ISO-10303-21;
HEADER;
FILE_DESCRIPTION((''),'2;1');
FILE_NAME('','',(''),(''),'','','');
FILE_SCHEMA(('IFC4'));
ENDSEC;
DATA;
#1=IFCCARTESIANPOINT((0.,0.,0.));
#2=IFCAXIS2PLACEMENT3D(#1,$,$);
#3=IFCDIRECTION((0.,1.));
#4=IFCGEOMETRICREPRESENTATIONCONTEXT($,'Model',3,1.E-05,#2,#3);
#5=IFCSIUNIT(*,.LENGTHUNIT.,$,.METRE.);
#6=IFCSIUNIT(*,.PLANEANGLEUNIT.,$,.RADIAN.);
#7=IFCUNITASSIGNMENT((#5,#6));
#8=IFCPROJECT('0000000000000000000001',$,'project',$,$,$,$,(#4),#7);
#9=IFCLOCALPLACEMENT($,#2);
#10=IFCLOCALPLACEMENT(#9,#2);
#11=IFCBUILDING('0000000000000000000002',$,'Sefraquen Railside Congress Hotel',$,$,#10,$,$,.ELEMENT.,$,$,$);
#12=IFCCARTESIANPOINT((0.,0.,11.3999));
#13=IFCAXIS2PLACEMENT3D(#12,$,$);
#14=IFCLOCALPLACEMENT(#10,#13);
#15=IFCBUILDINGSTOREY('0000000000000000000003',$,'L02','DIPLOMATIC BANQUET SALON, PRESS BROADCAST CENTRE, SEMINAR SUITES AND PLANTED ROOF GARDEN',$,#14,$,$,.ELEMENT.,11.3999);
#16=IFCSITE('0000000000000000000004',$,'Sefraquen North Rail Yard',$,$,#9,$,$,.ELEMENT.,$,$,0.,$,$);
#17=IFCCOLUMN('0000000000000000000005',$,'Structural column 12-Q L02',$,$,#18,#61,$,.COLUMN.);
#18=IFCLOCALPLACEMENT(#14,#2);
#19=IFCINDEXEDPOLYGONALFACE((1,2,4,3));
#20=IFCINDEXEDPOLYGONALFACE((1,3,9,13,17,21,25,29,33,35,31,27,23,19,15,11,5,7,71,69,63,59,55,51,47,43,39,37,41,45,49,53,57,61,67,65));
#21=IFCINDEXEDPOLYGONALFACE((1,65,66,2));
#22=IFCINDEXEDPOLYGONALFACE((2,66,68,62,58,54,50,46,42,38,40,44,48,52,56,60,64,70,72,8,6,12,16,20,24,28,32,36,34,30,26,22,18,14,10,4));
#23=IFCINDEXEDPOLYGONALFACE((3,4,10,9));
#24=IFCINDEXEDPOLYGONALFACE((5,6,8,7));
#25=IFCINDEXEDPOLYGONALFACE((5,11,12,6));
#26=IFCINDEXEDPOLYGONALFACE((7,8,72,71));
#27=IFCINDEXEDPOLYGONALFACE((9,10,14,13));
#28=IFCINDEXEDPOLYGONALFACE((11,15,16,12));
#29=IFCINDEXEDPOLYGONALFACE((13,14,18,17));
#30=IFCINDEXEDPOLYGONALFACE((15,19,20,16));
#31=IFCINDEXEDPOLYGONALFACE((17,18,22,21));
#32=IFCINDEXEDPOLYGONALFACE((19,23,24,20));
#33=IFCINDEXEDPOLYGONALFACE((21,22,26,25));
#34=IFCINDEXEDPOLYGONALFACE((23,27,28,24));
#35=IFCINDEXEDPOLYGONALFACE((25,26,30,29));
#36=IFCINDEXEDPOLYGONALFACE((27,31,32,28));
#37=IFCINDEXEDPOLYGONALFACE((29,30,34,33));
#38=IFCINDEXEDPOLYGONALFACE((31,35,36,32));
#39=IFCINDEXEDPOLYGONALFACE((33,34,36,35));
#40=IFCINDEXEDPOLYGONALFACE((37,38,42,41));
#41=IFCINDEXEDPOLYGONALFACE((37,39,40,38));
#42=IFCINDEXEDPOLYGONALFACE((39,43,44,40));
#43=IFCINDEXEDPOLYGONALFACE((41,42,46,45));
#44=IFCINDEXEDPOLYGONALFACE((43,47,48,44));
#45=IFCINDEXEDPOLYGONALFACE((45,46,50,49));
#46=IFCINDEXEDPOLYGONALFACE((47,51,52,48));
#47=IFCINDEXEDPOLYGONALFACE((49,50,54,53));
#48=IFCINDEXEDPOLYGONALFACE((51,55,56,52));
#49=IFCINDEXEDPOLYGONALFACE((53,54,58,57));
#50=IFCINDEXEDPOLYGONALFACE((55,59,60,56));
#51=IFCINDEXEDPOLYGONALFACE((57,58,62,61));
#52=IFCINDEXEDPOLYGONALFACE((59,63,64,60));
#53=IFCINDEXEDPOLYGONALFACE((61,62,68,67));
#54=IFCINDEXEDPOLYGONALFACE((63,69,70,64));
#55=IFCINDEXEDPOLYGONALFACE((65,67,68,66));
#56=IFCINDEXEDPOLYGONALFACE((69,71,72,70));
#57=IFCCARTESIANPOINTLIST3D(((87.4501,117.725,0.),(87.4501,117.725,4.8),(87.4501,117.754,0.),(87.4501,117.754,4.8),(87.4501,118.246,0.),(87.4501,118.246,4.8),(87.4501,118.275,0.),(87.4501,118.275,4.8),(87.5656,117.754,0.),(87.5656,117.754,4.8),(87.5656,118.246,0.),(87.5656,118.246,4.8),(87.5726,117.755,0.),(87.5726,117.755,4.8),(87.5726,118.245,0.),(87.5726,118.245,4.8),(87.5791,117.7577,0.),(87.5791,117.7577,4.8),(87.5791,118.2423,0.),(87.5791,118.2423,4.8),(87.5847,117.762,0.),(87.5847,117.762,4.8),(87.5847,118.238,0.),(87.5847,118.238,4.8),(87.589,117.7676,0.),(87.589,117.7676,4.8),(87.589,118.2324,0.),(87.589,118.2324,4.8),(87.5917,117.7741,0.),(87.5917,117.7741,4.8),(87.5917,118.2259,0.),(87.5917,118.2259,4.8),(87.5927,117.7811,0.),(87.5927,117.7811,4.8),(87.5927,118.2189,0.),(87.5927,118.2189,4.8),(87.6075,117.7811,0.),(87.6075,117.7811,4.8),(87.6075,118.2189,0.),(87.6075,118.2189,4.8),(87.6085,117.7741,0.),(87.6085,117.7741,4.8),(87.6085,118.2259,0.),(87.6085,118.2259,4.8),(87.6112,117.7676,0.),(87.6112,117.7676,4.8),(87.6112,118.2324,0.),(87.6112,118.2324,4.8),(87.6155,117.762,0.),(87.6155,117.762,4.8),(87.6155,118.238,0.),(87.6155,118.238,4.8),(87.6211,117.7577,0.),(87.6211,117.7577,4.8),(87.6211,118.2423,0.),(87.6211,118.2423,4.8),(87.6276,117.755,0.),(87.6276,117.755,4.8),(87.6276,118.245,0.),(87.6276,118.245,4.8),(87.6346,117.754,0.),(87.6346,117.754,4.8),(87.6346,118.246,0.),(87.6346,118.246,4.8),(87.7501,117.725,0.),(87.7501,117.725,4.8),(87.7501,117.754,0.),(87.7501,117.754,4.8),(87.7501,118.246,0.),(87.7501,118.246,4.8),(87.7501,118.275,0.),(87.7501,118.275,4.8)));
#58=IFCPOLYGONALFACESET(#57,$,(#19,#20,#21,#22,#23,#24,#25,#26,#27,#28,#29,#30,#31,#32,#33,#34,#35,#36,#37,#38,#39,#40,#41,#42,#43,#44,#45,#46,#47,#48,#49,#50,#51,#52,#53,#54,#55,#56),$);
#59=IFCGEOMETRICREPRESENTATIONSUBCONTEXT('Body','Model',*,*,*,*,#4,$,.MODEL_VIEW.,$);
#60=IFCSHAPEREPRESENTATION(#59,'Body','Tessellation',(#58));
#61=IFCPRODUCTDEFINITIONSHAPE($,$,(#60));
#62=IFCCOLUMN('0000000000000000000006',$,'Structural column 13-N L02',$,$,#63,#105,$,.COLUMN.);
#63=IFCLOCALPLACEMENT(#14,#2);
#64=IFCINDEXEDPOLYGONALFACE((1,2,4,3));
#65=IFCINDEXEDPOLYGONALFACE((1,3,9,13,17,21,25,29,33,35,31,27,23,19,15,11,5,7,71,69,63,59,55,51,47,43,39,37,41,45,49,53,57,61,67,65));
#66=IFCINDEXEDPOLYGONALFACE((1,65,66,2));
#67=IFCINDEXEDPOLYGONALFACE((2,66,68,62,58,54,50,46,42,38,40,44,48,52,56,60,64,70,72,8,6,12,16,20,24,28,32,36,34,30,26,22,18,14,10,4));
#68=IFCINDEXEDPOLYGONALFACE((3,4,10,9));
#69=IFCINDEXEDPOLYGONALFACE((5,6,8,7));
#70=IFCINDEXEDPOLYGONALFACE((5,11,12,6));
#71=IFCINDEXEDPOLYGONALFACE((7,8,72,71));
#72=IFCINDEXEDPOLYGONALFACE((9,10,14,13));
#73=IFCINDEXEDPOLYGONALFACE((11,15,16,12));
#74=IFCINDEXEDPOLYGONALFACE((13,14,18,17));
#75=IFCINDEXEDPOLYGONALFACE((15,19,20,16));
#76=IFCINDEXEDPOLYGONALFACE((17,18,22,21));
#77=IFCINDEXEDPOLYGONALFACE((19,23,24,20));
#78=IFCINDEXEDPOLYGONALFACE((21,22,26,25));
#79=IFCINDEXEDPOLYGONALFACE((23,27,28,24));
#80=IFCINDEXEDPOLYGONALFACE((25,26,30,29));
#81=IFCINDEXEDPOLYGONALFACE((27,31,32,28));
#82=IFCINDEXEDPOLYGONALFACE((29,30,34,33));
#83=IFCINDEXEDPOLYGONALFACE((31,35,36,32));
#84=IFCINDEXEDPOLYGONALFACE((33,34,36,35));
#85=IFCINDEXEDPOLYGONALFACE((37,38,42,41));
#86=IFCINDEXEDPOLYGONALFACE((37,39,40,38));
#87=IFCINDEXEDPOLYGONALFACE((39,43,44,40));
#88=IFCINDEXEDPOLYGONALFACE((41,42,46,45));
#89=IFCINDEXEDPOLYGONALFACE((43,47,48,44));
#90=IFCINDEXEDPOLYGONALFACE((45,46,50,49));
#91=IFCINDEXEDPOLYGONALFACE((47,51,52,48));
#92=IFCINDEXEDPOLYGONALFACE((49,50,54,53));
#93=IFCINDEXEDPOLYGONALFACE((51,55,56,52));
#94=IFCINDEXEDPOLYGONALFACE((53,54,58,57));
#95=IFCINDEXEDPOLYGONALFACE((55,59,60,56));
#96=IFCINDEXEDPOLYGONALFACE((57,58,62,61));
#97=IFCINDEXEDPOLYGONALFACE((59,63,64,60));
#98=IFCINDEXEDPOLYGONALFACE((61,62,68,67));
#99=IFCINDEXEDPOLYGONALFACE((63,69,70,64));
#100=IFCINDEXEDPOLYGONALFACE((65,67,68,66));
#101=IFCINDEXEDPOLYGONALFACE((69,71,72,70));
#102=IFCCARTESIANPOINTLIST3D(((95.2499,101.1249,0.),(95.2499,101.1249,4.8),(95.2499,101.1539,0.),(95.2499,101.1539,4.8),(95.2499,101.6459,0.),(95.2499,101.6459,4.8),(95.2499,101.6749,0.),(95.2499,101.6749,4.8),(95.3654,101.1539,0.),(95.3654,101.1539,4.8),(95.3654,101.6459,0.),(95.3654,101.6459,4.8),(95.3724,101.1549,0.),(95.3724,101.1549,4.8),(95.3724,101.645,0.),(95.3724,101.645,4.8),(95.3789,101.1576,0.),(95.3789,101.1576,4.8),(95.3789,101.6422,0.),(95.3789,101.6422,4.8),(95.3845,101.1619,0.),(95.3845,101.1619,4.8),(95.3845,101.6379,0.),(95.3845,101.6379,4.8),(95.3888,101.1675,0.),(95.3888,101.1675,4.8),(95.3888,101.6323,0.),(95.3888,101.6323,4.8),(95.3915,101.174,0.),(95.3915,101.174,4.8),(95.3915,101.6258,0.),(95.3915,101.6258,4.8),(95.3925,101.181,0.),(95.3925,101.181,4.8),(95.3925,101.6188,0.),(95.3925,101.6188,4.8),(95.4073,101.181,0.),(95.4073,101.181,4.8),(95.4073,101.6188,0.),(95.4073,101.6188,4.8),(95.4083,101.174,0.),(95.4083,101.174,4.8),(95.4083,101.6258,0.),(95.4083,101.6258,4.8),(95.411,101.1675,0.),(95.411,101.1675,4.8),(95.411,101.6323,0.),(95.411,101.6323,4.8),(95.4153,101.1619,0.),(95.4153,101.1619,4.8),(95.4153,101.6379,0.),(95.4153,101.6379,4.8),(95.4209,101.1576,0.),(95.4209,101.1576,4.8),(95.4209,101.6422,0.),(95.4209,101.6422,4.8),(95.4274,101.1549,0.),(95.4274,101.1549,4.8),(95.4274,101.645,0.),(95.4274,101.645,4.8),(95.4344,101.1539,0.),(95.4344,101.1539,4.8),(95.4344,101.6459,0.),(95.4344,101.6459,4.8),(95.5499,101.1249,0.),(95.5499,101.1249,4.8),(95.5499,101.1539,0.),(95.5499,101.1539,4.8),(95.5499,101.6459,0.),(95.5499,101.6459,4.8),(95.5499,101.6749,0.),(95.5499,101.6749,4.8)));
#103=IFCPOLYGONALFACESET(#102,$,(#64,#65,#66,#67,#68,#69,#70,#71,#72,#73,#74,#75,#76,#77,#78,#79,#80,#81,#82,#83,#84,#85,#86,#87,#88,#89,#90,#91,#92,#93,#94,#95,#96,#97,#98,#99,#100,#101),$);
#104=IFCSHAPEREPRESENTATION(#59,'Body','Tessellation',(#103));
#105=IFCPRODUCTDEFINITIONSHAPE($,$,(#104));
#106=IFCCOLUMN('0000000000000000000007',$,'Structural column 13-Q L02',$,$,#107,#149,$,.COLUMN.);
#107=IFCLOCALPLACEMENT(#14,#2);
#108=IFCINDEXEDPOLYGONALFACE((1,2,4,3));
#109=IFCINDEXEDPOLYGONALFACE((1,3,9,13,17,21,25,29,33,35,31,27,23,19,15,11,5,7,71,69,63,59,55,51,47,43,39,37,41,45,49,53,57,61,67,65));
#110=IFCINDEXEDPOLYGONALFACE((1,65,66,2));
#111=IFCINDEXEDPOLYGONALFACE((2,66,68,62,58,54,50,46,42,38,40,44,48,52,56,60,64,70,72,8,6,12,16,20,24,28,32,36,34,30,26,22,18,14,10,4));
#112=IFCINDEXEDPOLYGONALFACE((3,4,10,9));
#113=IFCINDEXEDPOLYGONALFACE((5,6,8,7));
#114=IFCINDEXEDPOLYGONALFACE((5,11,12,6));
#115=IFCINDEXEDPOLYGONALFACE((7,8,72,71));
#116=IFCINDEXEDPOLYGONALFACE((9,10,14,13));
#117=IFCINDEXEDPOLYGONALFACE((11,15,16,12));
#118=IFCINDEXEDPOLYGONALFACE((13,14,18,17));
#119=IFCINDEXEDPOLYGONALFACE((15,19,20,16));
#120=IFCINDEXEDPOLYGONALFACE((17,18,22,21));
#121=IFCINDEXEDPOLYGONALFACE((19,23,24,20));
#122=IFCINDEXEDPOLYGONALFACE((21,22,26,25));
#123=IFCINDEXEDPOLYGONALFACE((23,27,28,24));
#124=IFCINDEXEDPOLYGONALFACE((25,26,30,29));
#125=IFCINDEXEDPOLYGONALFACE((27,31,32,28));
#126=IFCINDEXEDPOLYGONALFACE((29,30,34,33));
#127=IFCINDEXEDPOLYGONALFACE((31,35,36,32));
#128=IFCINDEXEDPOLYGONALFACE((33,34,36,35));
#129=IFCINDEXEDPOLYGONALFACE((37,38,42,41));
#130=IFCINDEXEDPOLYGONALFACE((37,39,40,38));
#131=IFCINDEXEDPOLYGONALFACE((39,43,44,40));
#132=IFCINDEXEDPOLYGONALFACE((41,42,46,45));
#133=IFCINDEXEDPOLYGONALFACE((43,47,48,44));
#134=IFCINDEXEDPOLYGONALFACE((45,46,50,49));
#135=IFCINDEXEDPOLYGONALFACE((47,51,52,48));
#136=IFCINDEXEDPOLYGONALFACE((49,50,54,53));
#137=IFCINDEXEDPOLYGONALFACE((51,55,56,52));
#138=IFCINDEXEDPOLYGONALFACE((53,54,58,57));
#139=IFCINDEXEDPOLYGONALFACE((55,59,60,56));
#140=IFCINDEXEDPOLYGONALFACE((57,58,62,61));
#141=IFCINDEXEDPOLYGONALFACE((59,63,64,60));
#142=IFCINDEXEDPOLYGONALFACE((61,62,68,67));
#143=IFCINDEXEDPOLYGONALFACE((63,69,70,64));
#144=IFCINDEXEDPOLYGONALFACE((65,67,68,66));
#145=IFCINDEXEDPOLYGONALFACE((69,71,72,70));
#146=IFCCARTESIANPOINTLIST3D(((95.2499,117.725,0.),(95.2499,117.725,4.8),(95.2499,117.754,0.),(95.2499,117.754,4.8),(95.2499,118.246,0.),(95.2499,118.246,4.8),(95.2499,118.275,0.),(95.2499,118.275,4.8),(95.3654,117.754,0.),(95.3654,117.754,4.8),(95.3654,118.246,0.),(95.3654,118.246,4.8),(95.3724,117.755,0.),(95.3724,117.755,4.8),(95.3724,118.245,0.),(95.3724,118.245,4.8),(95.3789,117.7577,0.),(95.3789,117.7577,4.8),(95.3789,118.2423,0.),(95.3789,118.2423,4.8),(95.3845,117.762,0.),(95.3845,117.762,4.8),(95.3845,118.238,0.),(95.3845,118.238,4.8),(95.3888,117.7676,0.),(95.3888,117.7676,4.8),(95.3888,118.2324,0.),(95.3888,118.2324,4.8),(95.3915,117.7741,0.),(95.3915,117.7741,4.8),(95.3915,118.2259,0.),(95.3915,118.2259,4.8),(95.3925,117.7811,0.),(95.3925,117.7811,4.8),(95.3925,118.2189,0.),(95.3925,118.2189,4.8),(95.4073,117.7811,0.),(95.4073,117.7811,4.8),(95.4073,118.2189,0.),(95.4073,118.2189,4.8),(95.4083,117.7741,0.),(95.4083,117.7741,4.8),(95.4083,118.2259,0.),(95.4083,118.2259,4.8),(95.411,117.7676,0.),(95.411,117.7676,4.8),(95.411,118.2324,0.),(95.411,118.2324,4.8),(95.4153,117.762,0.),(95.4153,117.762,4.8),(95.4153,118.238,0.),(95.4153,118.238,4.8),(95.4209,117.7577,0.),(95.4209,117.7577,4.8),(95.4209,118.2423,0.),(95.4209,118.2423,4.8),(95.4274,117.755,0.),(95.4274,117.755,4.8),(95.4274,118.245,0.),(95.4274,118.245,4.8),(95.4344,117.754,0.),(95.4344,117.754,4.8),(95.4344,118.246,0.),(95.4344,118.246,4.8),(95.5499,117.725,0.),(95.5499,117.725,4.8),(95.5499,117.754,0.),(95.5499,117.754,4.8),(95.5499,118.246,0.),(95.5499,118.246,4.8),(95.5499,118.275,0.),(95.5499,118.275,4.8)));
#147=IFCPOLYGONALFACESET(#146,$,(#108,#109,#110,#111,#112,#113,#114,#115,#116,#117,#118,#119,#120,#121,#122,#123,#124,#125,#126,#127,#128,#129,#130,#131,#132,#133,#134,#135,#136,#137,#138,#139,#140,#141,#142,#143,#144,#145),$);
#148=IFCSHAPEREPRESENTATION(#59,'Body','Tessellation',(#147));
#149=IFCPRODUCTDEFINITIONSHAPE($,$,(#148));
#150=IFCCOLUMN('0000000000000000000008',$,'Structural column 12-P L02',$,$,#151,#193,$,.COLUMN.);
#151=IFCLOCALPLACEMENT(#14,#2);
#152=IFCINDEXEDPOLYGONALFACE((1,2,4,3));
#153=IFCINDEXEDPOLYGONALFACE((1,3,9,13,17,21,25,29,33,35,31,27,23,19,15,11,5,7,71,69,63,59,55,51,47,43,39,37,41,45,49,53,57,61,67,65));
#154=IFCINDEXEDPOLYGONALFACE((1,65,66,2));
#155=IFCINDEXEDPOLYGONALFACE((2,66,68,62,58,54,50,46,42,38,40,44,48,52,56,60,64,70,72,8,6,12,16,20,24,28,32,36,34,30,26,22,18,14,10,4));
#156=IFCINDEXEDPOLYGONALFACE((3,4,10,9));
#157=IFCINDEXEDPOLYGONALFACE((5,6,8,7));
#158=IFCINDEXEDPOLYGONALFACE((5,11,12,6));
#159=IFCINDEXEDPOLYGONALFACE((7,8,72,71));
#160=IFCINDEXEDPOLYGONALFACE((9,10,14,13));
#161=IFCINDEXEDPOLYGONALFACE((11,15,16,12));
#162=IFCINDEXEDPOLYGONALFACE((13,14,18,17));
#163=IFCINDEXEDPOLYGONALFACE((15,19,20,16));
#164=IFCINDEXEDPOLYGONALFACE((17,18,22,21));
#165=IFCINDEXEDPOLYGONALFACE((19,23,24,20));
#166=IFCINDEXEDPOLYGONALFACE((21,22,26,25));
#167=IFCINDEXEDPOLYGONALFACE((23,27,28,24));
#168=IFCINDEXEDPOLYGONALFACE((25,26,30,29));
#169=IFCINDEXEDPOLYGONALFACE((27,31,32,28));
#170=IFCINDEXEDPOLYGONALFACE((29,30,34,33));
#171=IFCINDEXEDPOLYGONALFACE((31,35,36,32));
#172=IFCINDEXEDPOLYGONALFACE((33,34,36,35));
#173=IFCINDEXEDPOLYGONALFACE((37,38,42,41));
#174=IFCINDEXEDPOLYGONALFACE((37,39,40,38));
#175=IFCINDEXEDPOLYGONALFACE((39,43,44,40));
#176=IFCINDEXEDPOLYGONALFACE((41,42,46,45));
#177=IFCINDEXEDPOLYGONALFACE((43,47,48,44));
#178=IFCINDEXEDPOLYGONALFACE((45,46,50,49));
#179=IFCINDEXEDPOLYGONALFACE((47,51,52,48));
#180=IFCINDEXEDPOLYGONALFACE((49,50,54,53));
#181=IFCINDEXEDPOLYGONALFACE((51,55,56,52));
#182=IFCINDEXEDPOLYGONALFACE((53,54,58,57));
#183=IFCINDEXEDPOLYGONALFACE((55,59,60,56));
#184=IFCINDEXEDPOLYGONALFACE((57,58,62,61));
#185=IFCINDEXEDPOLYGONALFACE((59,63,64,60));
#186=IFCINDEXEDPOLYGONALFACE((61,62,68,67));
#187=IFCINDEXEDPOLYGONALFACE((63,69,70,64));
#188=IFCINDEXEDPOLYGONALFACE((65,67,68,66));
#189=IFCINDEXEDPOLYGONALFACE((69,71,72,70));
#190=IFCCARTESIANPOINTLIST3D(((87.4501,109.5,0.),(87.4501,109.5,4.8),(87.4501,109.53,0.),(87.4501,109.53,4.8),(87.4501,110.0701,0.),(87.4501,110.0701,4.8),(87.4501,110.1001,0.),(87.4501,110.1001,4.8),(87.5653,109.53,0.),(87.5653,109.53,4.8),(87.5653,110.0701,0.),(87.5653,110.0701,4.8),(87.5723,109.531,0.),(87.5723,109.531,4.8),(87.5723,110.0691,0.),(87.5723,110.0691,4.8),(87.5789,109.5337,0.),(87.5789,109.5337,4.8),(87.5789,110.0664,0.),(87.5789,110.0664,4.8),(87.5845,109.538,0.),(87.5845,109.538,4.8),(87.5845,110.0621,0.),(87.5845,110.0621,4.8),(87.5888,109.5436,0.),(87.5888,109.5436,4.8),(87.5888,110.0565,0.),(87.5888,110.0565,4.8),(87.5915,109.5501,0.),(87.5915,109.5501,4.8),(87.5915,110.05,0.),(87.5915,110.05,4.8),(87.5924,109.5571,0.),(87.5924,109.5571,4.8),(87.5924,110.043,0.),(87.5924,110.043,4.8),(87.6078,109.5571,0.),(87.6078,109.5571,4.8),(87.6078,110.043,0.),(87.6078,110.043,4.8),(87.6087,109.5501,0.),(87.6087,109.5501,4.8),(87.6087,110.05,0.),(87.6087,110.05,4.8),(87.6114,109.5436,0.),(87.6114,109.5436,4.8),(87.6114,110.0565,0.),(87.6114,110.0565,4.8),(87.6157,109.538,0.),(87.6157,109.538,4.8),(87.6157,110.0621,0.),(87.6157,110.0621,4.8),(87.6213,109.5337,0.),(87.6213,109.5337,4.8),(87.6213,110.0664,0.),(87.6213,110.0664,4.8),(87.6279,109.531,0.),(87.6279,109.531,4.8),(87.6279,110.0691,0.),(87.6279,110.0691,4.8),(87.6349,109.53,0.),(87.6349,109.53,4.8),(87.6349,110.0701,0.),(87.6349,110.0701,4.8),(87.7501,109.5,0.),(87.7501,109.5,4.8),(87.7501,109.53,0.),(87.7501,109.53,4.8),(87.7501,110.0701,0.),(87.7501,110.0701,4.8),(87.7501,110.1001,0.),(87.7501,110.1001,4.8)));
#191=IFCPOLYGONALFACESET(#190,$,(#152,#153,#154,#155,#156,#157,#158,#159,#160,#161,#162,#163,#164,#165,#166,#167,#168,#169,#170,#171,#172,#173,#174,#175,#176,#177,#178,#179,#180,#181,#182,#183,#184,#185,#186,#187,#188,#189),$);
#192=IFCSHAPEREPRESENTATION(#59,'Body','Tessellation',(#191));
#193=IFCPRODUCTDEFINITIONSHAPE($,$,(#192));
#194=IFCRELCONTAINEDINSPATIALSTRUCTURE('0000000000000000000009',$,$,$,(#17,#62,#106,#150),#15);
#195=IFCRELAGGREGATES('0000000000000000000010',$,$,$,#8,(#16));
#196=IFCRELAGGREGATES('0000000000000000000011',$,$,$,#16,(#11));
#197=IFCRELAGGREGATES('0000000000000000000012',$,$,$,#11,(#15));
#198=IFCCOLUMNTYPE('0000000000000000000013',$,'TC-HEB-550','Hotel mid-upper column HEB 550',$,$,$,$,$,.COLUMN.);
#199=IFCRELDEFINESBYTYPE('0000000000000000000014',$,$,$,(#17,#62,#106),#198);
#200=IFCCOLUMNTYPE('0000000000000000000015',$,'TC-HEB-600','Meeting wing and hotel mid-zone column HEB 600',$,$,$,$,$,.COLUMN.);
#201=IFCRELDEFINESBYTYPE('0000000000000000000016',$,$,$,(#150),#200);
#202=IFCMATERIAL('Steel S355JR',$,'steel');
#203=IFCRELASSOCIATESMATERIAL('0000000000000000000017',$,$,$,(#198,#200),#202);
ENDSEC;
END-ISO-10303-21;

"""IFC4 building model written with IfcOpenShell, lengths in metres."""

from ifc_helpers import new_model, si_unit, direction, frame, origin, origin_2d, place, context, subcontext, project, spatial, i_section, extrude, material, material_profile, profile_set, type_object, element, save


model = new_model("IFC4")

# Units and contexts
model_context = context("Model", 3, precision=1e-05, world=origin(), true_north=direction((0.0, 1.0)))
body_context = subcontext(model_context, "Body", "Model", "MODEL_VIEW")
ifc_project = project(units=[si_unit("LENGTHUNIT", "METRE"), si_unit("PLANEANGLEUNIT", "RADIAN")], contexts=[model_context])

# Site, building, storey
site_placement = place(None, origin())
site = spatial("IfcSite", under=ifc_project, at=site_placement, Name="Sefraquen North Rail Yard", CompositionType="ELEMENT", RefElevation=0.0)
building_placement = place(site_placement, origin())
building = spatial("IfcBuilding", under=site, at=building_placement, Name="Sefraquen Railside Congress Hotel", CompositionType="ELEMENT")
storey_placement = place(building_placement, frame((0.0, 0.0, 11.3999)))
storey = spatial("IfcBuildingStorey", under=building, at=storey_placement, Name="L02", Description="DIPLOMATIC BANQUET SALON, PRESS BROADCAST CENTRE, SEMINAR SUITES AND PLANTED ROOF GARDEN", CompositionType="ELEMENT", Elevation=11.3999)

# Columns
ifc_material_1 = material(Name="Steel S355JR", Category="steel")
ifc_material_profile_1 = material_profile(ifc_material_1, i_section(OverallWidth=0.3, OverallDepth=0.55, WebThickness=0.0149, FlangeThickness=0.0291, FilletRadius=0.0271, at=origin_2d()), Name="HEB 550")
ifc_profile_set_1 = profile_set([ifc_material_profile_1], Name="Steel S355JR")
column_type_1 = type_object("IfcColumnType", Name="TC-HEB-550", Description="Hotel mid-upper column HEB 550", PredefinedType="COLUMN", material=ifc_profile_set_1)
for number, where, z_axis, x_axis, name in (
    (1, (87.6001, 118.0, 0.0), (0.0, 0.0, 1.0), (1.0, 0.0, 0.0), "Structural column 12-Q L02"),
    (2, (95.3999, 101.3999, 0.0), (0.0, 0.0, 1.0), (1.0, 0.0, 0.0), "Structural column 13-N L02"),
    (3, (95.3999, 118.0, 0.0), (0.0, 0.0, 1.0), (1.0, 0.0, 0.0), "Structural column 13-Q L02"),
):
    element("IfcColumn", number, at=place(storey_placement, frame(where, z_axis=z_axis, x_axis=x_axis)), inside=storey, type_object=column_type_1, Name=name, PredefinedType="COLUMN", context=body_context, shape_type="SweptSolid", body=[
        extrude(i_section(OverallWidth=0.3, OverallDepth=0.55, WebThickness=0.0149, FlangeThickness=0.0291, FilletRadius=0.0271, at=origin_2d()), origin(), (0.0, 0.0, 1.0), 4.8),
    ])
ifc_material_profile_2 = material_profile(ifc_material_1, i_section(OverallWidth=0.3, OverallDepth=0.6001, WebThickness=0.0154, FlangeThickness=0.03, FilletRadius=0.0271, at=origin_2d()), Name="HEB 600")
ifc_profile_set_2 = profile_set([ifc_material_profile_2], Name="Steel S355JR")
column_type_2 = type_object("IfcColumnType", Name="TC-HEB-600", Description="Meeting wing and hotel mid-zone column HEB 600", PredefinedType="COLUMN", material=ifc_profile_set_2)
for number, where, z_axis, x_axis, name in (
    (4, (87.6001, 109.8, 0.0), (0.0, 0.0, 1.0), (1.0, 0.0, 0.0), "Structural column 12-P L02"),
):
    element("IfcColumn", number, at=place(storey_placement, frame(where, z_axis=z_axis, x_axis=x_axis)), inside=storey, type_object=column_type_2, Name=name, PredefinedType="COLUMN", context=body_context, shape_type="SweptSolid", body=[
        extrude(i_section(OverallWidth=0.3, OverallDepth=0.6001, WebThickness=0.0154, FlangeThickness=0.03, FilletRadius=0.0271, at=origin_2d()), origin(), (0.0, 0.0, 1.0), 4.8),
    ])

save(model, "model.ifc")
